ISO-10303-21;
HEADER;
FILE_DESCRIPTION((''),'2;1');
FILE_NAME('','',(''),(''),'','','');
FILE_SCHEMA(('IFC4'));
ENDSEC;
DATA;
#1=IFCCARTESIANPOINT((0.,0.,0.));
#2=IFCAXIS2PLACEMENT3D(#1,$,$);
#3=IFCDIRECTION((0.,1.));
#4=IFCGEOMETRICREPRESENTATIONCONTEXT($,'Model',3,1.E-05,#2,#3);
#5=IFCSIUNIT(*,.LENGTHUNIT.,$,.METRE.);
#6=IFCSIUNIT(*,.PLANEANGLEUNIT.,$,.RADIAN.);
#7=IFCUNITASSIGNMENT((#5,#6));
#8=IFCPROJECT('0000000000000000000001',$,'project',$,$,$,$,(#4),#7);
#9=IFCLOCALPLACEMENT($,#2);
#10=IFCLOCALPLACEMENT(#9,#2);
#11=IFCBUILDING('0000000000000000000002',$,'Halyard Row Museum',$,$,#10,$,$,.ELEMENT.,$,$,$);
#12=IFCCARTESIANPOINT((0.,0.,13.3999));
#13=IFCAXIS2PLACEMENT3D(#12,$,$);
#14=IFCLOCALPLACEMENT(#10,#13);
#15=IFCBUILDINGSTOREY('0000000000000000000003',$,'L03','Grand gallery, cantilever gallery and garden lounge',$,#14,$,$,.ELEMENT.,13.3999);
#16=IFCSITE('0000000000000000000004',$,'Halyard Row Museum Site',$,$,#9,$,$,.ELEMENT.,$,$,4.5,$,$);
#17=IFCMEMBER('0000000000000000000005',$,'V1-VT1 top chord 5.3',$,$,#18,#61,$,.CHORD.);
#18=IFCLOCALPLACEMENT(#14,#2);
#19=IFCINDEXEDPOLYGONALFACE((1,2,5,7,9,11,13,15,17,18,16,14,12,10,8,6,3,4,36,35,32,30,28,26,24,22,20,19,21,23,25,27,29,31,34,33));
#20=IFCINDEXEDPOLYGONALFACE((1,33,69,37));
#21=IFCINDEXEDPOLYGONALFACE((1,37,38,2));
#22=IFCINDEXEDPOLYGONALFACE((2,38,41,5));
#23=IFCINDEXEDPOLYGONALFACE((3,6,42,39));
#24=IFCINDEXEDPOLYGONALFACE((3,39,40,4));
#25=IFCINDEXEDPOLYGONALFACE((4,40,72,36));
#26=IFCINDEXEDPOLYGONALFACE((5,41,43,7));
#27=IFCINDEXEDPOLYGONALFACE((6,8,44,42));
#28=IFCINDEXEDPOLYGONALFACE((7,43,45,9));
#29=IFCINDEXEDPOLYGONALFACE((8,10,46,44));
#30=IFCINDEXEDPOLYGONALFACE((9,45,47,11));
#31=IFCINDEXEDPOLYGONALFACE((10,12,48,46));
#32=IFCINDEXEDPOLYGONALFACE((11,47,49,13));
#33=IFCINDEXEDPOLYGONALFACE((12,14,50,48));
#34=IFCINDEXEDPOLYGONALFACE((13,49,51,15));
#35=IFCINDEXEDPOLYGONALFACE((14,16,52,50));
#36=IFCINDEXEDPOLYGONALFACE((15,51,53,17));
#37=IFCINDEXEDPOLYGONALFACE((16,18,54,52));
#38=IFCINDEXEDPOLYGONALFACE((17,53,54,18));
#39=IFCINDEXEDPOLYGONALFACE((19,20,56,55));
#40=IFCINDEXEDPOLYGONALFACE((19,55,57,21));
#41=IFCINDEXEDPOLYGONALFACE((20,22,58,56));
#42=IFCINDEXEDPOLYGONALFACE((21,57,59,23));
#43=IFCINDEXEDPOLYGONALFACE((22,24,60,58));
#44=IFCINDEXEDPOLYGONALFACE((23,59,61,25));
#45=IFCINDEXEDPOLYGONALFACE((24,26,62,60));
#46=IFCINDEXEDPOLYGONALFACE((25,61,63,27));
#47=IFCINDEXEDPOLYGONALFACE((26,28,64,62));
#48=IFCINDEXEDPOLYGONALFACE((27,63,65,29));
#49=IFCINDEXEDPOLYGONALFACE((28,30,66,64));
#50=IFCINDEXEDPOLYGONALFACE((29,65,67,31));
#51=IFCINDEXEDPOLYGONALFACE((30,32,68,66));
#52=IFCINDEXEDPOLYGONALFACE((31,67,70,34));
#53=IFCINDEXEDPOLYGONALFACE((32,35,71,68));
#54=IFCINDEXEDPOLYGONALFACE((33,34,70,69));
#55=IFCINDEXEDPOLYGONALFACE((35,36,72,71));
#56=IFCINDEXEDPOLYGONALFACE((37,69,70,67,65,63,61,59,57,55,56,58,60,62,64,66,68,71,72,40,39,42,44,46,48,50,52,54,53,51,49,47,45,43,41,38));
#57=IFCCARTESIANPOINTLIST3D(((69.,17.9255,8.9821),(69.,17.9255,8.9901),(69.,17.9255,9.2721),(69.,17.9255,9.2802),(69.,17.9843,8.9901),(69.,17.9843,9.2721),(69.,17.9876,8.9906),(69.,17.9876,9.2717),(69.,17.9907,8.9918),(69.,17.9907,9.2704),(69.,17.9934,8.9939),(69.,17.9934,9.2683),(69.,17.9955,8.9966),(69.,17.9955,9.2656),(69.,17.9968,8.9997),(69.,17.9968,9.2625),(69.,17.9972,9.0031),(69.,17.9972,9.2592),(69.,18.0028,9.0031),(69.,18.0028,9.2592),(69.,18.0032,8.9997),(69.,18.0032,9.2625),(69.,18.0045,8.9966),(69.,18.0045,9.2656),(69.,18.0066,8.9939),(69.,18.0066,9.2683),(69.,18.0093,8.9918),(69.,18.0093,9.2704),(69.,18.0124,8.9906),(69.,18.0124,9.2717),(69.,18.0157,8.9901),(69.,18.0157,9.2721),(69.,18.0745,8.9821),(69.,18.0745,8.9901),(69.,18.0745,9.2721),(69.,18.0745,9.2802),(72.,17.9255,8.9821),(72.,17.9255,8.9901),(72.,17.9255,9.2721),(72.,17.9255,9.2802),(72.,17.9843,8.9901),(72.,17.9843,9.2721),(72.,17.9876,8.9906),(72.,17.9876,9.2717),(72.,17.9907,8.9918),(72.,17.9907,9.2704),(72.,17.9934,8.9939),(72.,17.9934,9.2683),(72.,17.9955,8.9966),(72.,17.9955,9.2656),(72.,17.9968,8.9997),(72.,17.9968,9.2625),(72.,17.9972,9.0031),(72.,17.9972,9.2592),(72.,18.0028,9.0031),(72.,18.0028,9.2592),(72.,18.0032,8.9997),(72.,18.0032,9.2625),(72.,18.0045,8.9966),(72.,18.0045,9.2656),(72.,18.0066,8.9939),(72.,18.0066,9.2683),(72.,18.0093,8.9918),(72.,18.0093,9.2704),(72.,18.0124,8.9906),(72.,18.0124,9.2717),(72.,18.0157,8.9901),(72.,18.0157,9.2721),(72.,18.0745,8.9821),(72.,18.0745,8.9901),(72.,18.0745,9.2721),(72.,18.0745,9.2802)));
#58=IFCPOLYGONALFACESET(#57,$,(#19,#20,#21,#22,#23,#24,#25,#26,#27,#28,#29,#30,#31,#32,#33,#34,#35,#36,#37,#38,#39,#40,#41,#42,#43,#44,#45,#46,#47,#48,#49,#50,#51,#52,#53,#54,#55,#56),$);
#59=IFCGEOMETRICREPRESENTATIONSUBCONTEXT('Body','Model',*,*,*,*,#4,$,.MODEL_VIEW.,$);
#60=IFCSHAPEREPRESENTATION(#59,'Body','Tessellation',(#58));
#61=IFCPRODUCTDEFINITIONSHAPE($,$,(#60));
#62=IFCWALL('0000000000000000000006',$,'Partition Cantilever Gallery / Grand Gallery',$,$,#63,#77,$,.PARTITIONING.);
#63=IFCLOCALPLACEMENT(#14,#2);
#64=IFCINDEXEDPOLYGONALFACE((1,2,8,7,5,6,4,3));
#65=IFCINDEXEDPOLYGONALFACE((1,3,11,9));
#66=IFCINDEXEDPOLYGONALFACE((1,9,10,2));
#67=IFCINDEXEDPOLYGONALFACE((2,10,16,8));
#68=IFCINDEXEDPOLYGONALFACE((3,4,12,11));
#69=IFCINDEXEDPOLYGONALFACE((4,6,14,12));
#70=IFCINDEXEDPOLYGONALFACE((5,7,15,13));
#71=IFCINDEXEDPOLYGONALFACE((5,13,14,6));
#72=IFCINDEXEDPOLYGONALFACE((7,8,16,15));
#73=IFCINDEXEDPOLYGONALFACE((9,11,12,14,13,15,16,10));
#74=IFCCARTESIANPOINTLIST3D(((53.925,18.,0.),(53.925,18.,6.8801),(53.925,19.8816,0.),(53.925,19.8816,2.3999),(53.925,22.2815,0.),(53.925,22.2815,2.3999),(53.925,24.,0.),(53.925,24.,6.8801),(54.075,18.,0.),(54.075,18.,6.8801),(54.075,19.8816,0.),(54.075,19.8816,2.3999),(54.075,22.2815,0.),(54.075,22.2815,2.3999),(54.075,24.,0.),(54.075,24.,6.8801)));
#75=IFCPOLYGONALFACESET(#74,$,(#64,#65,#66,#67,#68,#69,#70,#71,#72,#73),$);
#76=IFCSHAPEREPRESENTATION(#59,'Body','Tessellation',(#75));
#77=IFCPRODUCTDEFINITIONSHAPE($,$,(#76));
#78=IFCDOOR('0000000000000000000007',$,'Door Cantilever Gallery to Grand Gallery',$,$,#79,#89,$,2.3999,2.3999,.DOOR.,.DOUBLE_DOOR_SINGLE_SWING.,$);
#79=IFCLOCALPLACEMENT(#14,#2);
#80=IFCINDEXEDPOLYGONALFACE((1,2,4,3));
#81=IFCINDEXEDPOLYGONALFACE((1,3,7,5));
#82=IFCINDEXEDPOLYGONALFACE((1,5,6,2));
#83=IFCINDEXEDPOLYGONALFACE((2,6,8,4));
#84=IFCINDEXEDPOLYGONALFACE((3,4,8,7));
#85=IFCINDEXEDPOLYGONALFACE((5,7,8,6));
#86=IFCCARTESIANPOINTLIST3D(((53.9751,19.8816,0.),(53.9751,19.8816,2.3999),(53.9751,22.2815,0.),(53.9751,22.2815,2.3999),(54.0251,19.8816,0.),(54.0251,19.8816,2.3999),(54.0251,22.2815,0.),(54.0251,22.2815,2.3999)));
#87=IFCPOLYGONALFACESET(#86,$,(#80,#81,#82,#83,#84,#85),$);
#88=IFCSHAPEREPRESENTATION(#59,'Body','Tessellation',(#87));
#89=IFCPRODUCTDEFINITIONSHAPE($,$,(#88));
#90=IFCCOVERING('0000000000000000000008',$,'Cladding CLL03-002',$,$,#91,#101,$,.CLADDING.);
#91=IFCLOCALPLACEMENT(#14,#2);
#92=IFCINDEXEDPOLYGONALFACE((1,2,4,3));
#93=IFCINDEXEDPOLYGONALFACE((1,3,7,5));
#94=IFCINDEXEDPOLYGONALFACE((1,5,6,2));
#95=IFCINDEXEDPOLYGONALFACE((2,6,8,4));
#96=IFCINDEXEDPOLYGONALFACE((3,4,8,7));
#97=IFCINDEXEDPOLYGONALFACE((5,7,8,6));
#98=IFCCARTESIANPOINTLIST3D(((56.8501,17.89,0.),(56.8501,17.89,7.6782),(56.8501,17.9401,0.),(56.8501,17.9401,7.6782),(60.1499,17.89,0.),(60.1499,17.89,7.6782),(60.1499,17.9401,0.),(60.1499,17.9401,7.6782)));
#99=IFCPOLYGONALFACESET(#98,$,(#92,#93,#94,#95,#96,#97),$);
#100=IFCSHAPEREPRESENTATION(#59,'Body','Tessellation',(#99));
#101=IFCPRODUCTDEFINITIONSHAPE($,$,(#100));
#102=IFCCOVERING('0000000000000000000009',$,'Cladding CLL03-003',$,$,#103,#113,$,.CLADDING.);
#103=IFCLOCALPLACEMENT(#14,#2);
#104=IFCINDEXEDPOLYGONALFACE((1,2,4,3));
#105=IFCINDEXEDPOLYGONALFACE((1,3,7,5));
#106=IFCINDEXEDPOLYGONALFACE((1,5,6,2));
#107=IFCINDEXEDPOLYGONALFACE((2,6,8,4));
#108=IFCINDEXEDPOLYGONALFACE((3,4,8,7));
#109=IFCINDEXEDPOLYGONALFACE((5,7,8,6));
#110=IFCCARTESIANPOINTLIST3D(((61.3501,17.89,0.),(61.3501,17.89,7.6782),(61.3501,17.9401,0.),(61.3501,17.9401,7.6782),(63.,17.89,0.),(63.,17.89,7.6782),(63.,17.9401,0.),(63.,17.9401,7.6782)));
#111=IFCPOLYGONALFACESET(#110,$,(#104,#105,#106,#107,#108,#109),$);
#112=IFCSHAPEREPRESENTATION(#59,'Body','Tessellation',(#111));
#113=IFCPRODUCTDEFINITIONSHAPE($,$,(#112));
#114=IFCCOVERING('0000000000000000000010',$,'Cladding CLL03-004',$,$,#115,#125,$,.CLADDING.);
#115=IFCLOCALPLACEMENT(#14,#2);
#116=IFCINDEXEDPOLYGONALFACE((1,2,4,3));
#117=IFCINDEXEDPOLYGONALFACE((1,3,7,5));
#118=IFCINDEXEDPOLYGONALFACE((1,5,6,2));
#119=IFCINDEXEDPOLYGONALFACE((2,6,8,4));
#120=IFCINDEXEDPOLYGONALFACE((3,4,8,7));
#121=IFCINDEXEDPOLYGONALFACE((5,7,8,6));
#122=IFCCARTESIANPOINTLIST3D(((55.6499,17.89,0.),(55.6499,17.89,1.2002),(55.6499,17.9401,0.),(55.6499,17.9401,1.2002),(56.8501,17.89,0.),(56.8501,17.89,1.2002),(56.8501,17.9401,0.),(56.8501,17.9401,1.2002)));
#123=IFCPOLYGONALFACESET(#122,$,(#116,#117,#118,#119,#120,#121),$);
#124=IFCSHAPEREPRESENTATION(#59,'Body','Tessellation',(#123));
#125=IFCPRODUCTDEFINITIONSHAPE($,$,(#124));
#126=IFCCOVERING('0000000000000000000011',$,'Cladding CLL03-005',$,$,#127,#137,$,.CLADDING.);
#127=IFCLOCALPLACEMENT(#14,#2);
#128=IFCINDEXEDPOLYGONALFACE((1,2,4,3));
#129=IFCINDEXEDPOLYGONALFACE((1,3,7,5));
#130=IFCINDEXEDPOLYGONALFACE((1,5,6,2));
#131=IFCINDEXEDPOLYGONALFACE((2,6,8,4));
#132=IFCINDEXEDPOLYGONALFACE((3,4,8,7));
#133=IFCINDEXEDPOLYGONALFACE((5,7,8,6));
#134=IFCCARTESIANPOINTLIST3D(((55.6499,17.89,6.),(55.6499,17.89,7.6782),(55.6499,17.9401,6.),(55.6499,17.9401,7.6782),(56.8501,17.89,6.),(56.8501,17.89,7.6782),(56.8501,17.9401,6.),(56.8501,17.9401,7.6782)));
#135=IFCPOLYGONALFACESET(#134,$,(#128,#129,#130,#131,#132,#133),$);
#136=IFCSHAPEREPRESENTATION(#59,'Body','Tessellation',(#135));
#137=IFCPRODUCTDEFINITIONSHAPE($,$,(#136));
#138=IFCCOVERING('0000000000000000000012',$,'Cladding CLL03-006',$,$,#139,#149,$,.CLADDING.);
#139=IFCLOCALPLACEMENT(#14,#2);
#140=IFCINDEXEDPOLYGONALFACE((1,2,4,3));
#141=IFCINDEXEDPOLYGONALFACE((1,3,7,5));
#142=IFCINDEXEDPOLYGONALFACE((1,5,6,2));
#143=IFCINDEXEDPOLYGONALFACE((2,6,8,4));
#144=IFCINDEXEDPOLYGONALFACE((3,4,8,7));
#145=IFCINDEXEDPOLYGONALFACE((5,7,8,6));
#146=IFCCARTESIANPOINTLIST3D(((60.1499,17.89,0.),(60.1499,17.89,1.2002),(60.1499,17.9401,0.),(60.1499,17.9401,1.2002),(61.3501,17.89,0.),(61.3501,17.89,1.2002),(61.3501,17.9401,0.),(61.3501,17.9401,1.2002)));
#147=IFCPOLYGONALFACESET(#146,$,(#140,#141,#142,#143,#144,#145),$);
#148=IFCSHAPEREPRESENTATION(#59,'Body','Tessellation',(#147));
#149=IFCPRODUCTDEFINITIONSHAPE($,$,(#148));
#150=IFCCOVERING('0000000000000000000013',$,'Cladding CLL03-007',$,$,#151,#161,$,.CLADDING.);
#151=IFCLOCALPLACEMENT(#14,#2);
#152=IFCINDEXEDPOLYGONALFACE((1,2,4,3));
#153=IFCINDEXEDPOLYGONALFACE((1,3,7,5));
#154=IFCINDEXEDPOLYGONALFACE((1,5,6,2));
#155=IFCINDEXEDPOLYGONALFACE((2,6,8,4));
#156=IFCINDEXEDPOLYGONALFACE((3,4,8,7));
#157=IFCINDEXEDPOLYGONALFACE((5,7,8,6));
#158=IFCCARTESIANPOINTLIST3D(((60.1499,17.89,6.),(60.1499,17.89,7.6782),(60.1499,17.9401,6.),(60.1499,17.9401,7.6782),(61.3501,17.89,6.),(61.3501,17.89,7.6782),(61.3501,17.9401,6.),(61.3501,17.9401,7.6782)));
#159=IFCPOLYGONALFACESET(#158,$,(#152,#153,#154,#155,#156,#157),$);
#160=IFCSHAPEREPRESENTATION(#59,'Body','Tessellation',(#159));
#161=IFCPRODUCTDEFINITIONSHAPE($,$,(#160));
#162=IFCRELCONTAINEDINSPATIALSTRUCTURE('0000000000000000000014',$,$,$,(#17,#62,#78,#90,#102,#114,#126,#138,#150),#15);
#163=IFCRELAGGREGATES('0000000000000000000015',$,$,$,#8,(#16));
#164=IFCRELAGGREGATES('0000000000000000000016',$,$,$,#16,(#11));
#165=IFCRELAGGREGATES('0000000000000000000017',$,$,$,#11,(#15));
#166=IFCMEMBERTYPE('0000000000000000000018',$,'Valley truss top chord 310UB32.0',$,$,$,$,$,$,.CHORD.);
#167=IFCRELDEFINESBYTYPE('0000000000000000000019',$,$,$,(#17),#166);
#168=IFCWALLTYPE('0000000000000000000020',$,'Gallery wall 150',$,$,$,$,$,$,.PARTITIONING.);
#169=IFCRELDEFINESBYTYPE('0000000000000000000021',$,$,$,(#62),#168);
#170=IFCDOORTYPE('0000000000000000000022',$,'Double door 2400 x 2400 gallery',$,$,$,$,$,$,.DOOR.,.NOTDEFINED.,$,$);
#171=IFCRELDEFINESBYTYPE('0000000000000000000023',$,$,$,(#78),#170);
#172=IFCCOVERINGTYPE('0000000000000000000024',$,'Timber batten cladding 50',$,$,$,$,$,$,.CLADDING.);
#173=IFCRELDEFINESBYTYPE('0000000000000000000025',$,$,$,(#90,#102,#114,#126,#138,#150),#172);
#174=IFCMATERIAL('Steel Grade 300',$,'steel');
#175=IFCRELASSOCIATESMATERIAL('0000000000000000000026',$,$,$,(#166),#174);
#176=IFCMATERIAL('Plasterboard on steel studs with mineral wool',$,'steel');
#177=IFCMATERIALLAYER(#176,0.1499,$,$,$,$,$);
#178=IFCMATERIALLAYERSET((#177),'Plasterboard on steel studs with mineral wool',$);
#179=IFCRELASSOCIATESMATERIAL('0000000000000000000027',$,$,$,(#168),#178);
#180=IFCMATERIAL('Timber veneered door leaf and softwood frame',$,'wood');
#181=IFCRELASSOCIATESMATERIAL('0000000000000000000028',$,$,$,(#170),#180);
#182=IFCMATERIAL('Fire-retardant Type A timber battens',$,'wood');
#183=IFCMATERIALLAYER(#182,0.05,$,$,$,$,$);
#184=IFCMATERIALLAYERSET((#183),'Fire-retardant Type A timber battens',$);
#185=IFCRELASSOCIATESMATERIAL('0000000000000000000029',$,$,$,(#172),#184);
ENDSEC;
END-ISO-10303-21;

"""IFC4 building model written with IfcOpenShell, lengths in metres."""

from ifc_helpers import new_model, si_unit, direction, frame, frame_2d, origin, origin_2d, place, context, subcontext, project, spatial, rectangle, i_section, extrude, material, layer, layer_set, material_profile, profile_set, type_object, element, fill, save


model = new_model("IFC4")

# Units and contexts
model_context = context("Model", 3, precision=1e-05, world=origin(), true_north=direction((0.0, 1.0)))
body_context = subcontext(model_context, "Body", "Model", "MODEL_VIEW")
ifc_project = project(units=[si_unit("LENGTHUNIT", "METRE"), si_unit("PLANEANGLEUNIT", "RADIAN")], contexts=[model_context])

# Site, building, storey
site_placement = place(None, origin())
site = spatial("IfcSite", under=ifc_project, at=site_placement, Name="Halyard Row Museum Site", CompositionType="ELEMENT", RefElevation=4.5)
building_placement = place(site_placement, origin())
building = spatial("IfcBuilding", under=site, at=building_placement, Name="Halyard Row Museum", CompositionType="ELEMENT")
storey_placement = place(building_placement, frame((0.0, 0.0, 13.3999)))
storey = spatial("IfcBuildingStorey", under=building, at=storey_placement, Name="L03", Description="Grand gallery, cantilever gallery and garden lounge", CompositionType="ELEMENT", Elevation=13.3999)

# Member
ifc_material_1 = material(Name="Steel Grade 300", Category="steel")
ifc_material_profile_1 = material_profile(ifc_material_1, i_section(OverallWidth=0.1489, OverallDepth=0.2981, WebThickness=0.0056, FlangeThickness=0.0081, FilletRadius=0.0129, at=origin_2d()), Name="310UB32.0")
ifc_profile_set_1 = profile_set([ifc_material_profile_1], Name="Steel Grade 300")
member_type_1 = type_object("IfcMemberType", Name="Valley truss top chord 310UB32.0", PredefinedType="CHORD", material=ifc_profile_set_1)
for number, where, z_axis, x_axis, name in (
    (1, (69.0, 18.0, 9.1311), (1.0, 0.0, 0.0), (0.0, 1.0, 0.0), "V1-VT1 top chord 5.3"),
):
    element("IfcMember", number, at=place(storey_placement, frame(where, z_axis=z_axis, x_axis=x_axis)), inside=storey, type_object=member_type_1, Name=name, PredefinedType="CHORD", context=body_context, shape_type="SweptSolid", body=[
        extrude(i_section(OverallWidth=0.1489, OverallDepth=0.2981, WebThickness=0.0056, FlangeThickness=0.0081, FilletRadius=0.0129, at=origin_2d()), origin(), (0.0, 0.0, 1.0), 3.0),
    ])

# Wall, opening, door
ifc_material_2 = material(Name="Plasterboard on steel studs with mineral wool", Category="steel")
ifc_layer_1 = layer(ifc_material_2, 0.1499)
ifc_layer_set_1 = layer_set([ifc_layer_1], Name="Plasterboard on steel studs with mineral wool")
wall_type = type_object("IfcWallType", Name="Gallery wall 150", PredefinedType="PARTITIONING", material=ifc_layer_set_1)
wall_placement = place(storey_placement, frame((54.0, 18.0, 0.0), z_axis=(0.0, 0.0, 1.0), x_axis=(0.0, 1.0, 0.0)))
wall = element("IfcWall", 2, at=wall_placement, inside=storey, type_object=wall_type, Name="Partition Cantilever Gallery / Grand Gallery", PredefinedType="PARTITIONING", context=body_context, shape_type="SweptSolid", body=[
    extrude(rectangle(XDim=6.0, YDim=0.1499, at=frame_2d((3.0, 0.0))), origin(), (0.0, 0.0, 1.0), 6.8801),
])
opening_placement = place(wall_placement, frame((1.8816, 0.0, 0.0)))
opening = element("IfcOpeningElement", 3, at=opening_placement, cuts=wall, PredefinedType="OPENING", context=body_context, shape_type="SweptSolid", body=[
    extrude(rectangle(XDim=2.3999, YDim=2.3999, at=frame_2d((1.2, 1.2))), frame((0.0, 0.085, 0.0), z_axis=(0.0, -1.0, 0.0), x_axis=(1.0, 0.0, 0.0)), (0.0, 0.0, 1.0), 0.1699),
])
ifc_material_3 = material(Name="Timber veneered door leaf and softwood frame", Category="wood")
door_type = type_object("IfcDoorType", Name="Double door 2400 x 2400 gallery", OperationType="NOTDEFINED", PredefinedType="DOOR", material=ifc_material_3)
door_placement = place(opening_placement, origin())
door = element("IfcDoor", 4, at=door_placement, inside=storey, type_object=door_type, Name="Door Cantilever Gallery to Grand Gallery", OperationType="DOUBLE_DOOR_SINGLE_SWING", OverallHeight=2.3999, OverallWidth=2.3999, PredefinedType="DOOR", context=body_context, shape_type="SweptSolid", body=[
    extrude(rectangle(XDim=2.3999, YDim=2.3999, at=frame_2d((1.2, 1.2))), frame((0.0, 0.0249, 0.0), z_axis=(0.0, -1.0, 0.0), x_axis=(1.0, 0.0, 0.0)), (0.0, 0.0, 1.0), 0.05),
])
fill(opening, door)

# Coverings
ifc_material_4 = material(Name="Fire-retardant Type A timber battens", Category="wood")
ifc_layer_2 = layer(ifc_material_4, 0.05)
ifc_layer_set_2 = layer_set([ifc_layer_2], Name="Fire-retardant Type A timber battens")
covering_type = type_object("IfcCoveringType", Name="Timber batten cladding 50", PredefinedType="CLADDING", material=ifc_layer_set_2)
covering_1_placement = place(storey_placement, frame((56.8501, 17.915, 0.0), z_axis=(0.0, 0.0, 1.0), x_axis=(1.0, 0.0, 0.0)))
element("IfcCovering", 5, at=covering_1_placement, inside=storey, type_object=covering_type, Name="Cladding CLL03-002", PredefinedType="CLADDING", context=body_context, shape_type="SweptSolid", body=[
    extrude(rectangle(XDim=3.2998, YDim=0.05, at=frame_2d((1.6499, 0.0))), origin(), (0.0, 0.0, 1.0), 7.6782),
])
covering_2_placement = place(storey_placement, frame((61.3501, 17.915, 0.0), z_axis=(0.0, 0.0, 1.0), x_axis=(1.0, 0.0, 0.0)))
element("IfcCovering", 6, at=covering_2_placement, inside=storey, type_object=covering_type, Name="Cladding CLL03-003", PredefinedType="CLADDING", context=body_context, shape_type="SweptSolid", body=[
    extrude(rectangle(XDim=1.6499, YDim=0.05, at=frame_2d((0.825, 0.0))), origin(), (0.0, 0.0, 1.0), 7.6782),
])
covering_3_placement = place(storey_placement, frame((55.6499, 17.915, 0.0), z_axis=(0.0, 0.0, 1.0), x_axis=(1.0, 0.0, 0.0)))
element("IfcCovering", 7, at=covering_3_placement, inside=storey, type_object=covering_type, Name="Cladding CLL03-004", PredefinedType="CLADDING", context=body_context, shape_type="SweptSolid", body=[
    extrude(rectangle(XDim=1.2002, YDim=0.05, at=frame_2d((0.6001, 0.0))), origin(), (0.0, 0.0, 1.0), 1.2002),
])
covering_4_placement = place(storey_placement, frame((55.6499, 17.915, 6.0), z_axis=(0.0, 0.0, 1.0), x_axis=(1.0, 0.0, 0.0)))
element("IfcCovering", 8, at=covering_4_placement, inside=storey, type_object=covering_type, Name="Cladding CLL03-005", PredefinedType="CLADDING", context=body_context, shape_type="SweptSolid", body=[
    extrude(rectangle(XDim=1.2002, YDim=0.05, at=frame_2d((0.6001, 0.0))), origin(), (0.0, 0.0, 1.0), 1.6782),
])
covering_5_placement = place(storey_placement, frame((60.1499, 17.915, 0.0), z_axis=(0.0, 0.0, 1.0), x_axis=(1.0, 0.0, 0.0)))
element("IfcCovering", 9, at=covering_5_placement, inside=storey, type_object=covering_type, Name="Cladding CLL03-006", PredefinedType="CLADDING", context=body_context, shape_type="SweptSolid", body=[
    extrude(rectangle(XDim=1.2002, YDim=0.05, at=frame_2d((0.6001, 0.0))), origin(), (0.0, 0.0, 1.0), 1.2002),
])
covering_6_placement = place(storey_placement, frame((60.1499, 17.915, 6.0), z_axis=(0.0, 0.0, 1.0), x_axis=(1.0, 0.0, 0.0)))
element("IfcCovering", 10, at=covering_6_placement, inside=storey, type_object=covering_type, Name="Cladding CLL03-007", PredefinedType="CLADDING", context=body_context, shape_type="SweptSolid", body=[
    extrude(rectangle(XDim=1.2002, YDim=0.05, at=frame_2d((0.6001, 0.0))), origin(), (0.0, 0.0, 1.0), 1.6782),
])

save(model, "model.ifc")
